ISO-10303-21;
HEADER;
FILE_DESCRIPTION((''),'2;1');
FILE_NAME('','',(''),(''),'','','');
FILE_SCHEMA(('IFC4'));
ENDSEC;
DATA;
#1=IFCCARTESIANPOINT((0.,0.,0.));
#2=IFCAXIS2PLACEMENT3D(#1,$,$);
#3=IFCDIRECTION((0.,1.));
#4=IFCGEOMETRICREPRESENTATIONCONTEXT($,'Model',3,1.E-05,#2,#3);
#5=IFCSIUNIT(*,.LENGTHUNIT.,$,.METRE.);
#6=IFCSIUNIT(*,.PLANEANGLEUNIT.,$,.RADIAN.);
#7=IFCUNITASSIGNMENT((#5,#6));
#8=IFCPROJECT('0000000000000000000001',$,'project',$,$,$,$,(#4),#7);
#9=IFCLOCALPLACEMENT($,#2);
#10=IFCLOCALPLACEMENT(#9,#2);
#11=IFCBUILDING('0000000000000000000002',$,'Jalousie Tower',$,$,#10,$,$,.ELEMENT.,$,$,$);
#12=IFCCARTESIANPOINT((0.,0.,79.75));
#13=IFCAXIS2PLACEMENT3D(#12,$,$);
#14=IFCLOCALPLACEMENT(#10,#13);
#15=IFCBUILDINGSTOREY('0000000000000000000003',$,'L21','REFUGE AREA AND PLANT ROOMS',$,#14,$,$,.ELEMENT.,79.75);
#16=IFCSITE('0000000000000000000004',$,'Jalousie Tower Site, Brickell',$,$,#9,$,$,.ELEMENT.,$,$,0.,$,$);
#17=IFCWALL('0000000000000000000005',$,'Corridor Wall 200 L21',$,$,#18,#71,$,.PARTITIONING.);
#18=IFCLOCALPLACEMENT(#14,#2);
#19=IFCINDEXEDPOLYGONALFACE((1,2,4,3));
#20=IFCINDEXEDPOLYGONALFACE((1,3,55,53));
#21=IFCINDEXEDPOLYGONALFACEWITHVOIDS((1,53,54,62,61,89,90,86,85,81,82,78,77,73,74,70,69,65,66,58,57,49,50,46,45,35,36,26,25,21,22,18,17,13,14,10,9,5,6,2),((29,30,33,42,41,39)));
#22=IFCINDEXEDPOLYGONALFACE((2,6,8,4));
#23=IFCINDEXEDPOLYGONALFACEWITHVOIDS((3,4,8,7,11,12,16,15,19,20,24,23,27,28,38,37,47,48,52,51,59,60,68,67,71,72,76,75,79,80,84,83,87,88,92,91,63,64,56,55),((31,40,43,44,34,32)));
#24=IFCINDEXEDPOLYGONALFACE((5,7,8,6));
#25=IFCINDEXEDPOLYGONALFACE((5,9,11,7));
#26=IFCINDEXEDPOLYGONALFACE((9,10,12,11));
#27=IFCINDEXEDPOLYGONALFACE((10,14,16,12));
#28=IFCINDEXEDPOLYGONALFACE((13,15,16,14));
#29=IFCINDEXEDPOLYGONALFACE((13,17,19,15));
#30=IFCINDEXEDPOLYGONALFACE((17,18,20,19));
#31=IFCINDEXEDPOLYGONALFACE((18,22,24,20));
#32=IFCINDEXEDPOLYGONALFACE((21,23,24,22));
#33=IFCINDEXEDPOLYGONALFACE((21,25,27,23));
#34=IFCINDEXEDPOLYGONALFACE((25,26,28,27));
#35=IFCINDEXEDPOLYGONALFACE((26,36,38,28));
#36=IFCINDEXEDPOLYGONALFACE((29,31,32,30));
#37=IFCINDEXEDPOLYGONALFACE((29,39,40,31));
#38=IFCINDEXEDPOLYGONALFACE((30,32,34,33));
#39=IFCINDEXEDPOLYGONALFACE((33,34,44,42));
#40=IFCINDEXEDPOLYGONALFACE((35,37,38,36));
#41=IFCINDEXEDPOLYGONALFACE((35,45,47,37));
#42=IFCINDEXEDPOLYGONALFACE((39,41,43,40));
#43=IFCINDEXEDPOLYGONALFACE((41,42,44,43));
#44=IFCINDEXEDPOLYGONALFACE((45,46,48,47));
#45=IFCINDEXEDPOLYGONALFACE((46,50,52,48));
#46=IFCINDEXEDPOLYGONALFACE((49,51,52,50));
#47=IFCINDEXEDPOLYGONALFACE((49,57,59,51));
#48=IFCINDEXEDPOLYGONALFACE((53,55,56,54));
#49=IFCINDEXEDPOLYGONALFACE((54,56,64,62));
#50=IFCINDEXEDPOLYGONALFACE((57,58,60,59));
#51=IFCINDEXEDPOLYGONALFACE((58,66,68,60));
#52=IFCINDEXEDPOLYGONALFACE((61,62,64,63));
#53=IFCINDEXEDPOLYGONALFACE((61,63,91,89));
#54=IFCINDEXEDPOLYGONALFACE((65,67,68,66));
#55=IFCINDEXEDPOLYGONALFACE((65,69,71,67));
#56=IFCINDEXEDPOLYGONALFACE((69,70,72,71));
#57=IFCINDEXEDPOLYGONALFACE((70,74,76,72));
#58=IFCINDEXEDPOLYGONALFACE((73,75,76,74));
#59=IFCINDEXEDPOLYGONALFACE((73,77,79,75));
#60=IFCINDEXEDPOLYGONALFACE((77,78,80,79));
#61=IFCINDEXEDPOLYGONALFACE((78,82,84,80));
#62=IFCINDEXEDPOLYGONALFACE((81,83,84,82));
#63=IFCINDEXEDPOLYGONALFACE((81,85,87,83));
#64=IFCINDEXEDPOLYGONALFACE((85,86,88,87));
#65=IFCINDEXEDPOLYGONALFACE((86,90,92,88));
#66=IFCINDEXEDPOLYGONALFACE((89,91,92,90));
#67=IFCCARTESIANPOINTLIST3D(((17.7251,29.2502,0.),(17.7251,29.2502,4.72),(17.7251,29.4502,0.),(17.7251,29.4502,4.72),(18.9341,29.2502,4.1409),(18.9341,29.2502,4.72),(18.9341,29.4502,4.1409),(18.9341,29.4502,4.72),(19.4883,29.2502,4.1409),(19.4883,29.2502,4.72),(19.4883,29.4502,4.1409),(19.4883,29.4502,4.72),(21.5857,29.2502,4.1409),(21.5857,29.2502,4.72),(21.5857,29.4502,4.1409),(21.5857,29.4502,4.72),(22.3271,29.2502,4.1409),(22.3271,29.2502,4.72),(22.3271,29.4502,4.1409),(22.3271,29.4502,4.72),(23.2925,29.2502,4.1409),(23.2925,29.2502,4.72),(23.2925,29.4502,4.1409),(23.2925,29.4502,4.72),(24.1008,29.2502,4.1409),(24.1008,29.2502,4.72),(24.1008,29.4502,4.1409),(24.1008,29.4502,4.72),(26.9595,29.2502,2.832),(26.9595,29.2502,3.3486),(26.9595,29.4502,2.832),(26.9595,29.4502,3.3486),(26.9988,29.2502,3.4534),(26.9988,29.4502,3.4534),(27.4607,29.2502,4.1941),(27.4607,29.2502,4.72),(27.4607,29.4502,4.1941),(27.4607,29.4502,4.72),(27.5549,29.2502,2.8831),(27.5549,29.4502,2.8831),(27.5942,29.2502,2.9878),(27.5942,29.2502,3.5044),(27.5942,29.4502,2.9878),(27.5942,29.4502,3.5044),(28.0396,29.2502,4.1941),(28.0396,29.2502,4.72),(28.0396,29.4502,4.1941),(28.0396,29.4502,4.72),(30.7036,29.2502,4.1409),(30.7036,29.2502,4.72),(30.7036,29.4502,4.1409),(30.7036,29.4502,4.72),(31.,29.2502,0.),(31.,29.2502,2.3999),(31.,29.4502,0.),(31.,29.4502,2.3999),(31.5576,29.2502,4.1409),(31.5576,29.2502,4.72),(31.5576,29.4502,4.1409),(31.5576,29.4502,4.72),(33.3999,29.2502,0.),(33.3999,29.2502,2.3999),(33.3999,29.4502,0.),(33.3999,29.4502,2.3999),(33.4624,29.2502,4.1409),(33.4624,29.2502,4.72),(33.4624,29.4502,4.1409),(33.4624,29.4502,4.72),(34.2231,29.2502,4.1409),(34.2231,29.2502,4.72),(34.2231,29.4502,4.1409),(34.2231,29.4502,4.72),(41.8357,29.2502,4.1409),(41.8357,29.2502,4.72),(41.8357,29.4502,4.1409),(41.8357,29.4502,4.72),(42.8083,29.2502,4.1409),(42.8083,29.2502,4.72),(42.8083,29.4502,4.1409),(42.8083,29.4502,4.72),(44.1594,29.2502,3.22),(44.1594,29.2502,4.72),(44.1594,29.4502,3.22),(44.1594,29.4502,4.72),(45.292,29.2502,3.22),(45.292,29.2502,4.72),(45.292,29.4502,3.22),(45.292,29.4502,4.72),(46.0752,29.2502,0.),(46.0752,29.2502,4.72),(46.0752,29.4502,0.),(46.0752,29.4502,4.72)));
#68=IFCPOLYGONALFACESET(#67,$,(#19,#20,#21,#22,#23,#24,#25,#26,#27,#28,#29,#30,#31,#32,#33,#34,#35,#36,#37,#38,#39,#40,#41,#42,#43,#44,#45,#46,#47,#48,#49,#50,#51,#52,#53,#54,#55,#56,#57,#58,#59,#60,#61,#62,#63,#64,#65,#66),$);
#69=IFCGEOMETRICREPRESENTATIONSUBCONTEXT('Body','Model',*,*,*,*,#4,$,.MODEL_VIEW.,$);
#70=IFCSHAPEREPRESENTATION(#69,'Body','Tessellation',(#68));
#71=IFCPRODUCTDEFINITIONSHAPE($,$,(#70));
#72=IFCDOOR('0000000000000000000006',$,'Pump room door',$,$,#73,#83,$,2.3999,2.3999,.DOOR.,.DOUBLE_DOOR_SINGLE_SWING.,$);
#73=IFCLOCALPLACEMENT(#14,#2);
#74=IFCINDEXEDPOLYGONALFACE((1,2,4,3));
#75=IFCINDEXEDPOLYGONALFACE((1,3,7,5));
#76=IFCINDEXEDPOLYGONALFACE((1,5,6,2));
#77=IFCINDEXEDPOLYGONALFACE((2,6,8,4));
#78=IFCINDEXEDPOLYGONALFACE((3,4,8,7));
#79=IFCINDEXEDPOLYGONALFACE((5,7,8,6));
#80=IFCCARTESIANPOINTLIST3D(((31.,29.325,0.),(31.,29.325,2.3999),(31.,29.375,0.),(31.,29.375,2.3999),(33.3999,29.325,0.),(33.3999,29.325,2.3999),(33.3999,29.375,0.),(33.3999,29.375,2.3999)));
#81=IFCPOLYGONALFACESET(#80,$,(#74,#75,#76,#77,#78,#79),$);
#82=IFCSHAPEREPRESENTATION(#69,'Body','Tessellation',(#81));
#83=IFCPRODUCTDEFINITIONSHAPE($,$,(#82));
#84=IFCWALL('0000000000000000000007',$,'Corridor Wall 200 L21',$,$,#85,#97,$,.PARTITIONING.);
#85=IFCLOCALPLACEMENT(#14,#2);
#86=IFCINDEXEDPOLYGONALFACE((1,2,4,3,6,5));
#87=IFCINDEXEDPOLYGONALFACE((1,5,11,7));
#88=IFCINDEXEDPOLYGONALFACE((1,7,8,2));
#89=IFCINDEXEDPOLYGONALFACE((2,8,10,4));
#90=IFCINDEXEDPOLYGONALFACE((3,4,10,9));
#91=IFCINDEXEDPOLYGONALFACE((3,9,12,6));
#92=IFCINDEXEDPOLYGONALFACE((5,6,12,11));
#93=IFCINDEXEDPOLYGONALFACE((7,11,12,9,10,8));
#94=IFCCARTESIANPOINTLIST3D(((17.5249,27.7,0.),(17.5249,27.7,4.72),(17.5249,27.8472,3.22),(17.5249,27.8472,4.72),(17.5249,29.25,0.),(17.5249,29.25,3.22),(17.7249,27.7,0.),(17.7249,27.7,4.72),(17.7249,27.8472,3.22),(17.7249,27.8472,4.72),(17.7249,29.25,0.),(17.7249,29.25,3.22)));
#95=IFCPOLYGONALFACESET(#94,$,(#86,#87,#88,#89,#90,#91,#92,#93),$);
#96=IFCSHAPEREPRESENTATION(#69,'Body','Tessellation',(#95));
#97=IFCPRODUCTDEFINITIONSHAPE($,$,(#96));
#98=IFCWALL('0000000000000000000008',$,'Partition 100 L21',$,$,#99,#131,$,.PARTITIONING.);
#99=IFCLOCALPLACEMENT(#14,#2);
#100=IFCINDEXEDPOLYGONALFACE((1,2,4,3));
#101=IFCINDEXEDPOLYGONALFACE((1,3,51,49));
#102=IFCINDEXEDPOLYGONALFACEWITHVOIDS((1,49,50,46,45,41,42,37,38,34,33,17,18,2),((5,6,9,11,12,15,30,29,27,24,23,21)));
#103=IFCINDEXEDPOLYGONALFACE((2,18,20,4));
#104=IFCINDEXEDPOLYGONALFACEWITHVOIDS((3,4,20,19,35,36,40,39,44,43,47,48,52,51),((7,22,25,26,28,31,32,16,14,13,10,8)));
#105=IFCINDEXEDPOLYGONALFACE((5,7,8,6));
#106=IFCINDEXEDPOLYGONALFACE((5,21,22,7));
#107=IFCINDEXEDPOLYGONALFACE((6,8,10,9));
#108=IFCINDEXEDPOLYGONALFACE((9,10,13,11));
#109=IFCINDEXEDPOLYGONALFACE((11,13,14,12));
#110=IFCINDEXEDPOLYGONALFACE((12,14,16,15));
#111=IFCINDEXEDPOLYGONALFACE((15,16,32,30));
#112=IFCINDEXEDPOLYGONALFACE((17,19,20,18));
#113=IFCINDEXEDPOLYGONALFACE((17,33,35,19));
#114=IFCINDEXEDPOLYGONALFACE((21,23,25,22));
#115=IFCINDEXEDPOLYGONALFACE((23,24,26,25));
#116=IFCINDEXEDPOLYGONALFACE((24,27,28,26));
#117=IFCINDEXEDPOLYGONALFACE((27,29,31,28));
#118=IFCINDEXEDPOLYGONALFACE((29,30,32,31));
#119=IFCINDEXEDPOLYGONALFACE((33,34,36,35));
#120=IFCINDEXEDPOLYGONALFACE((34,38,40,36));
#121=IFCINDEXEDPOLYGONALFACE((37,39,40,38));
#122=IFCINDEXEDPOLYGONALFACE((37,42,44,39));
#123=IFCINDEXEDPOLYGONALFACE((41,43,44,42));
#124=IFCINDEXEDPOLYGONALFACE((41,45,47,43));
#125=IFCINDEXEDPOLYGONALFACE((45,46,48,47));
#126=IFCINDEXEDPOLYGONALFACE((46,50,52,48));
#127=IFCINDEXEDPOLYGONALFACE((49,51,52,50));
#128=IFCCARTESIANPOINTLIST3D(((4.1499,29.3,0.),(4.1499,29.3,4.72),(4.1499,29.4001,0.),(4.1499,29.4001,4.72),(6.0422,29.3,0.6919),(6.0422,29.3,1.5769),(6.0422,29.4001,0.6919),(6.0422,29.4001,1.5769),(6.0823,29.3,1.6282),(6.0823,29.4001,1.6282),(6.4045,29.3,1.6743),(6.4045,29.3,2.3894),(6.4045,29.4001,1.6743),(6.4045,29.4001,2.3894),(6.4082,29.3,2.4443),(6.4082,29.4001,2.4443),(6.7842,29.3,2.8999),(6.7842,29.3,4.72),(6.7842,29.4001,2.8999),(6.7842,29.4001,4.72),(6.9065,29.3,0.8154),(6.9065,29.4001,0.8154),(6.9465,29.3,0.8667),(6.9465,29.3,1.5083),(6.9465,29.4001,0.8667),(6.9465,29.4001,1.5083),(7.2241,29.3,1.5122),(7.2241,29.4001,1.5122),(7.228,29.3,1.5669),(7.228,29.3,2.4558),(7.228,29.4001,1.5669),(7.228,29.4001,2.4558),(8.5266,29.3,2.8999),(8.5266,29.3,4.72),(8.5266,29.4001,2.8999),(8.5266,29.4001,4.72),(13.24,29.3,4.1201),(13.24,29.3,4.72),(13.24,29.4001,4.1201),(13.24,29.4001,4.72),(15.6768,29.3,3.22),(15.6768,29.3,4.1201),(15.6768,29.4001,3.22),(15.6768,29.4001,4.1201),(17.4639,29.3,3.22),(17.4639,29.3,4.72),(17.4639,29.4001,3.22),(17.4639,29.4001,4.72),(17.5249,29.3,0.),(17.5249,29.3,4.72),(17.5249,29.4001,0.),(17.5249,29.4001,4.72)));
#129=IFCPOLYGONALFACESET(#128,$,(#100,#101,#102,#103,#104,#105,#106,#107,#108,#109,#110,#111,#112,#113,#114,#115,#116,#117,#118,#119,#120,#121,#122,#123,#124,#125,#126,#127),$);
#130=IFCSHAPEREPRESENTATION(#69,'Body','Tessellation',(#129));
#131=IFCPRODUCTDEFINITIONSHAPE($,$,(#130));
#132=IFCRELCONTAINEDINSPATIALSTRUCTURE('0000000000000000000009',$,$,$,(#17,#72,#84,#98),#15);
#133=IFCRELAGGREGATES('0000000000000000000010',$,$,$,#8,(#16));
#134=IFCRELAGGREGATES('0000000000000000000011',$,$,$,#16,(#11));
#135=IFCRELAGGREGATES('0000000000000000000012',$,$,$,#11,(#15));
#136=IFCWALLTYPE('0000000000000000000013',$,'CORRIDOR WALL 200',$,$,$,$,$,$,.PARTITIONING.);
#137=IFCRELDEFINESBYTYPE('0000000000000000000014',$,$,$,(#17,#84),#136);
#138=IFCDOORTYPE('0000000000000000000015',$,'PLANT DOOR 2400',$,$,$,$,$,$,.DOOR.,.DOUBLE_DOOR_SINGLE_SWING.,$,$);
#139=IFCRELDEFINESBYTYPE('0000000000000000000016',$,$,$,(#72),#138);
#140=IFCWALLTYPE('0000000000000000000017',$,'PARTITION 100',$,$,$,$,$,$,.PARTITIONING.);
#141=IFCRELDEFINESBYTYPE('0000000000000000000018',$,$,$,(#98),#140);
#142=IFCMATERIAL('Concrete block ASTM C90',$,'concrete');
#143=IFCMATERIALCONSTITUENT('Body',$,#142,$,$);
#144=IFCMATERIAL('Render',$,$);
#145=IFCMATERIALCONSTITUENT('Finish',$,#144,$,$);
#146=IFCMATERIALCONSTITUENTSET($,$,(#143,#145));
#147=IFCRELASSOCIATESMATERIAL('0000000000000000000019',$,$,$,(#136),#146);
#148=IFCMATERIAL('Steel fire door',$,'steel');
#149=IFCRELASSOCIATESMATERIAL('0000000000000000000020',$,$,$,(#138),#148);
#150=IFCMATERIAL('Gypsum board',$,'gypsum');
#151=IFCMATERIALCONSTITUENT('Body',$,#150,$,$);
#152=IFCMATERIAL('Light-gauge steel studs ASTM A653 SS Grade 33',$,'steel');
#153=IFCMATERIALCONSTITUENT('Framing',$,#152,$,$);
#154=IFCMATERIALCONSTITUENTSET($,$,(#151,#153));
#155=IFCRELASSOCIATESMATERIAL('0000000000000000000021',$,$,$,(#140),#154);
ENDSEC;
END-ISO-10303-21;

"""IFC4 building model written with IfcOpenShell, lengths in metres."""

from ifc_helpers import new_model, si_unit, direction, frame, frame_2d, origin, place, context, subcontext, project, spatial, polyline, rectangle, outline, extrude, material, constituent, constituent_set, type_object, element, fill, save


model = new_model("IFC4")

# Units and contexts
model_context = context("Model", 3, precision=1e-05, world=origin(), true_north=direction((0.0, 1.0)))
body_context = subcontext(model_context, "Body", "Model", "MODEL_VIEW")
ifc_project = project(units=[si_unit("LENGTHUNIT", "METRE"), si_unit("PLANEANGLEUNIT", "RADIAN")], contexts=[model_context])

# Site, building, storey
site_placement = place(None, origin())
site = spatial("IfcSite", under=ifc_project, at=site_placement, Name="Jalousie Tower Site, Brickell", CompositionType="ELEMENT", RefElevation=0.0)
building_placement = place(site_placement, origin())
building = spatial("IfcBuilding", under=site, at=building_placement, Name="Jalousie Tower", CompositionType="ELEMENT")
storey_placement = place(building_placement, frame((0.0, 0.0, 79.75)))
storey = spatial("IfcBuildingStorey", under=building, at=storey_placement, Name="L21", Description="REFUGE AREA AND PLANT ROOMS", CompositionType="ELEMENT", Elevation=79.75)

# Wall, opening, door
ifc_material_1 = material(Name="Concrete block ASTM C90", Category="concrete")
ifc_constituent_1 = constituent(ifc_material_1, Name="Body")
ifc_material_2 = material(Name="Render")
ifc_constituent_2 = constituent(ifc_material_2, Name="Finish")
ifc_constituent_set_1 = constituent_set(constituents=[ifc_constituent_1, ifc_constituent_2])
wall_type_1 = type_object("IfcWallType", Name="CORRIDOR WALL 200", PredefinedType="PARTITIONING", material=ifc_constituent_set_1)
wall_1_placement = place(storey_placement, frame((17.7251, 29.3501, 0.0), z_axis=(0.0, 0.0, 1.0), x_axis=(1.0, 0.0, 0.0)))
wall_1 = element("IfcWall", 1, at=wall_1_placement, inside=storey, type_object=wall_type_1, Name="Corridor Wall 200 L21", PredefinedType="PARTITIONING", context=body_context, shape_type="SweptSolid", body=[
    extrude(outline(polyline([(28.3501, 0.0), (28.3501, 4.72), (27.5669, 4.72), (27.5669, 3.22), (26.4343, 3.22), (26.4343, 4.72), (25.0833, 4.72), (25.0833, 4.1409), (24.1106, 4.1409), (24.1106, 4.72), (16.498, 4.72), (16.498, 4.1409), (15.7373, 4.1409), (15.7373, 4.72), (13.8325, 4.72), (13.8325, 4.1409), (12.9785, 4.1409), (12.9785, 4.72), (10.3145, 4.72), (10.3145, 4.1941), (9.7356, 4.1941), (9.7356, 4.72), (6.3757, 4.72), (6.3757, 4.1409), (5.5674, 4.1409), (5.5674, 4.72), (4.6021, 4.72), (4.6021, 4.1409), (3.8606, 4.1409), (3.8606, 4.72), (1.7632, 4.72), (1.7632, 4.1409), (1.209, 4.1409), (1.209, 4.72), (0.0, 4.72), (0.0, 0.0), (28.3501, 0.0)]), holes=[polyline([(9.2344, 3.3486), (9.2737, 3.4534), (9.8691, 3.5044), (9.8691, 2.9878), (9.8298, 2.8831), (9.2344, 2.832), (9.2344, 3.3486)])]), frame((0.0, 0.1001, 0.0), z_axis=(0.0, -1.0, 0.0), x_axis=(1.0, 0.0, 0.0)), (0.0, 0.0, 1.0), 0.2),
])
opening_1_placement = place(wall_1_placement, frame((13.2749, 0.0, 0.0)))
opening_1 = element("IfcOpeningElement", 2, at=opening_1_placement, cuts=wall_1, PredefinedType="OPENING", context=body_context, shape_type="SweptSolid", body=[
    extrude(rectangle(XDim=2.3999, YDim=2.3999, at=frame_2d((1.2, 1.2))), frame((0.0, 0.1099, 0.0), z_axis=(0.0, -1.0, 0.0), x_axis=(1.0, 0.0, 0.0)), (0.0, 0.0, 1.0), 0.22),
])
ifc_material_3 = material(Name="Steel fire door", Category="steel")
door_type_1 = type_object("IfcDoorType", Name="PLANT DOOR 2400", OperationType="DOUBLE_DOOR_SINGLE_SWING", PredefinedType="DOOR", material=ifc_material_3)
door_1_placement = place(opening_1_placement, origin())
door_1 = element("IfcDoor", 3, at=door_1_placement, inside=storey, type_object=door_type_1, Name="Pump room door", OperationType="DOUBLE_DOOR_SINGLE_SWING", OverallHeight=2.3999, OverallWidth=2.3999, PredefinedType="DOOR", context=body_context, shape_type="SweptSolid", body=[
    extrude(rectangle(XDim=2.3999, YDim=2.3999, at=frame_2d((1.2, 1.2))), frame((0.0, 0.0249, 0.0), z_axis=(0.0, -1.0, 0.0), x_axis=(1.0, 0.0, 0.0)), (0.0, 0.0, 1.0), 0.05),
])
fill(opening_1, door_1)

# Walls
wall_2_placement = place(storey_placement, frame((17.625, 27.7, 0.0), z_axis=(0.0, 0.0, 1.0), x_axis=(0.0, 1.0, 0.0)))
element("IfcWall", 4, at=wall_2_placement, inside=storey, type_object=wall_type_1, Name="Corridor Wall 200 L21", PredefinedType="PARTITIONING", context=body_context, shape_type="SweptSolid", body=[
    extrude(outline(polyline([(0.0, 0.0), (1.55, 0.0), (1.55, 3.22), (0.1472, 3.22), (0.1472, 4.72), (0.0, 4.72), (0.0, 0.0)])), frame((0.0, 0.1001, 0.0), z_axis=(0.0, -1.0, 0.0), x_axis=(1.0, 0.0, 0.0)), (0.0, 0.0, 1.0), 0.2),
])
ifc_material_4 = material(Name="Gypsum board", Category="gypsum")
ifc_constituent_3 = constituent(ifc_material_4, Name="Body")
ifc_material_5 = material(Name="Light-gauge steel studs ASTM A653 SS Grade 33", Category="steel")
ifc_constituent_4 = constituent(ifc_material_5, Name="Framing")
ifc_constituent_set_2 = constituent_set(constituents=[ifc_constituent_3, ifc_constituent_4])
wall_type_2 = type_object("IfcWallType", Name="PARTITION 100", PredefinedType="PARTITIONING", material=ifc_constituent_set_2)
wall_3_placement = place(storey_placement, frame((4.1499, 29.3501, 0.0), z_axis=(0.0, 0.0, 1.0), x_axis=(1.0, 0.0, 0.0)))
element("IfcWall", 5, at=wall_3_placement, inside=storey, type_object=wall_type_2, Name="Partition 100 L21", PredefinedType="PARTITIONING", context=body_context, shape_type="SweptSolid", body=[
    extrude(outline(polyline([(2.6343, 4.72), (0.0, 4.72), (0.0, 0.0), (13.375, 0.0), (13.375, 4.72), (13.314, 4.72), (13.314, 3.22), (11.5269, 3.22), (11.5269, 4.1201), (9.0901, 4.1201), (9.0901, 4.72), (4.3767, 4.72), (4.3767, 2.8999), (2.6343, 2.8999), (2.6343, 4.72)]), holes=[polyline([(2.7566, 0.8154), (1.8923, 0.6919), (1.8923, 1.5769), (1.9324, 1.6282), (2.2546, 1.6743), (2.2546, 2.3894), (2.2583, 2.4443), (3.0781, 2.4558), (3.0781, 1.5669), (3.0742, 1.5122), (2.7966, 1.5083), (2.7966, 0.8667), (2.7566, 0.8154)])]), frame((0.0, 0.05, 0.0), z_axis=(0.0, -1.0, 0.0), x_axis=(1.0, 0.0, 0.0)), (0.0, 0.0, 1.0), 0.1001),
])

save(model, "model.ifc")
